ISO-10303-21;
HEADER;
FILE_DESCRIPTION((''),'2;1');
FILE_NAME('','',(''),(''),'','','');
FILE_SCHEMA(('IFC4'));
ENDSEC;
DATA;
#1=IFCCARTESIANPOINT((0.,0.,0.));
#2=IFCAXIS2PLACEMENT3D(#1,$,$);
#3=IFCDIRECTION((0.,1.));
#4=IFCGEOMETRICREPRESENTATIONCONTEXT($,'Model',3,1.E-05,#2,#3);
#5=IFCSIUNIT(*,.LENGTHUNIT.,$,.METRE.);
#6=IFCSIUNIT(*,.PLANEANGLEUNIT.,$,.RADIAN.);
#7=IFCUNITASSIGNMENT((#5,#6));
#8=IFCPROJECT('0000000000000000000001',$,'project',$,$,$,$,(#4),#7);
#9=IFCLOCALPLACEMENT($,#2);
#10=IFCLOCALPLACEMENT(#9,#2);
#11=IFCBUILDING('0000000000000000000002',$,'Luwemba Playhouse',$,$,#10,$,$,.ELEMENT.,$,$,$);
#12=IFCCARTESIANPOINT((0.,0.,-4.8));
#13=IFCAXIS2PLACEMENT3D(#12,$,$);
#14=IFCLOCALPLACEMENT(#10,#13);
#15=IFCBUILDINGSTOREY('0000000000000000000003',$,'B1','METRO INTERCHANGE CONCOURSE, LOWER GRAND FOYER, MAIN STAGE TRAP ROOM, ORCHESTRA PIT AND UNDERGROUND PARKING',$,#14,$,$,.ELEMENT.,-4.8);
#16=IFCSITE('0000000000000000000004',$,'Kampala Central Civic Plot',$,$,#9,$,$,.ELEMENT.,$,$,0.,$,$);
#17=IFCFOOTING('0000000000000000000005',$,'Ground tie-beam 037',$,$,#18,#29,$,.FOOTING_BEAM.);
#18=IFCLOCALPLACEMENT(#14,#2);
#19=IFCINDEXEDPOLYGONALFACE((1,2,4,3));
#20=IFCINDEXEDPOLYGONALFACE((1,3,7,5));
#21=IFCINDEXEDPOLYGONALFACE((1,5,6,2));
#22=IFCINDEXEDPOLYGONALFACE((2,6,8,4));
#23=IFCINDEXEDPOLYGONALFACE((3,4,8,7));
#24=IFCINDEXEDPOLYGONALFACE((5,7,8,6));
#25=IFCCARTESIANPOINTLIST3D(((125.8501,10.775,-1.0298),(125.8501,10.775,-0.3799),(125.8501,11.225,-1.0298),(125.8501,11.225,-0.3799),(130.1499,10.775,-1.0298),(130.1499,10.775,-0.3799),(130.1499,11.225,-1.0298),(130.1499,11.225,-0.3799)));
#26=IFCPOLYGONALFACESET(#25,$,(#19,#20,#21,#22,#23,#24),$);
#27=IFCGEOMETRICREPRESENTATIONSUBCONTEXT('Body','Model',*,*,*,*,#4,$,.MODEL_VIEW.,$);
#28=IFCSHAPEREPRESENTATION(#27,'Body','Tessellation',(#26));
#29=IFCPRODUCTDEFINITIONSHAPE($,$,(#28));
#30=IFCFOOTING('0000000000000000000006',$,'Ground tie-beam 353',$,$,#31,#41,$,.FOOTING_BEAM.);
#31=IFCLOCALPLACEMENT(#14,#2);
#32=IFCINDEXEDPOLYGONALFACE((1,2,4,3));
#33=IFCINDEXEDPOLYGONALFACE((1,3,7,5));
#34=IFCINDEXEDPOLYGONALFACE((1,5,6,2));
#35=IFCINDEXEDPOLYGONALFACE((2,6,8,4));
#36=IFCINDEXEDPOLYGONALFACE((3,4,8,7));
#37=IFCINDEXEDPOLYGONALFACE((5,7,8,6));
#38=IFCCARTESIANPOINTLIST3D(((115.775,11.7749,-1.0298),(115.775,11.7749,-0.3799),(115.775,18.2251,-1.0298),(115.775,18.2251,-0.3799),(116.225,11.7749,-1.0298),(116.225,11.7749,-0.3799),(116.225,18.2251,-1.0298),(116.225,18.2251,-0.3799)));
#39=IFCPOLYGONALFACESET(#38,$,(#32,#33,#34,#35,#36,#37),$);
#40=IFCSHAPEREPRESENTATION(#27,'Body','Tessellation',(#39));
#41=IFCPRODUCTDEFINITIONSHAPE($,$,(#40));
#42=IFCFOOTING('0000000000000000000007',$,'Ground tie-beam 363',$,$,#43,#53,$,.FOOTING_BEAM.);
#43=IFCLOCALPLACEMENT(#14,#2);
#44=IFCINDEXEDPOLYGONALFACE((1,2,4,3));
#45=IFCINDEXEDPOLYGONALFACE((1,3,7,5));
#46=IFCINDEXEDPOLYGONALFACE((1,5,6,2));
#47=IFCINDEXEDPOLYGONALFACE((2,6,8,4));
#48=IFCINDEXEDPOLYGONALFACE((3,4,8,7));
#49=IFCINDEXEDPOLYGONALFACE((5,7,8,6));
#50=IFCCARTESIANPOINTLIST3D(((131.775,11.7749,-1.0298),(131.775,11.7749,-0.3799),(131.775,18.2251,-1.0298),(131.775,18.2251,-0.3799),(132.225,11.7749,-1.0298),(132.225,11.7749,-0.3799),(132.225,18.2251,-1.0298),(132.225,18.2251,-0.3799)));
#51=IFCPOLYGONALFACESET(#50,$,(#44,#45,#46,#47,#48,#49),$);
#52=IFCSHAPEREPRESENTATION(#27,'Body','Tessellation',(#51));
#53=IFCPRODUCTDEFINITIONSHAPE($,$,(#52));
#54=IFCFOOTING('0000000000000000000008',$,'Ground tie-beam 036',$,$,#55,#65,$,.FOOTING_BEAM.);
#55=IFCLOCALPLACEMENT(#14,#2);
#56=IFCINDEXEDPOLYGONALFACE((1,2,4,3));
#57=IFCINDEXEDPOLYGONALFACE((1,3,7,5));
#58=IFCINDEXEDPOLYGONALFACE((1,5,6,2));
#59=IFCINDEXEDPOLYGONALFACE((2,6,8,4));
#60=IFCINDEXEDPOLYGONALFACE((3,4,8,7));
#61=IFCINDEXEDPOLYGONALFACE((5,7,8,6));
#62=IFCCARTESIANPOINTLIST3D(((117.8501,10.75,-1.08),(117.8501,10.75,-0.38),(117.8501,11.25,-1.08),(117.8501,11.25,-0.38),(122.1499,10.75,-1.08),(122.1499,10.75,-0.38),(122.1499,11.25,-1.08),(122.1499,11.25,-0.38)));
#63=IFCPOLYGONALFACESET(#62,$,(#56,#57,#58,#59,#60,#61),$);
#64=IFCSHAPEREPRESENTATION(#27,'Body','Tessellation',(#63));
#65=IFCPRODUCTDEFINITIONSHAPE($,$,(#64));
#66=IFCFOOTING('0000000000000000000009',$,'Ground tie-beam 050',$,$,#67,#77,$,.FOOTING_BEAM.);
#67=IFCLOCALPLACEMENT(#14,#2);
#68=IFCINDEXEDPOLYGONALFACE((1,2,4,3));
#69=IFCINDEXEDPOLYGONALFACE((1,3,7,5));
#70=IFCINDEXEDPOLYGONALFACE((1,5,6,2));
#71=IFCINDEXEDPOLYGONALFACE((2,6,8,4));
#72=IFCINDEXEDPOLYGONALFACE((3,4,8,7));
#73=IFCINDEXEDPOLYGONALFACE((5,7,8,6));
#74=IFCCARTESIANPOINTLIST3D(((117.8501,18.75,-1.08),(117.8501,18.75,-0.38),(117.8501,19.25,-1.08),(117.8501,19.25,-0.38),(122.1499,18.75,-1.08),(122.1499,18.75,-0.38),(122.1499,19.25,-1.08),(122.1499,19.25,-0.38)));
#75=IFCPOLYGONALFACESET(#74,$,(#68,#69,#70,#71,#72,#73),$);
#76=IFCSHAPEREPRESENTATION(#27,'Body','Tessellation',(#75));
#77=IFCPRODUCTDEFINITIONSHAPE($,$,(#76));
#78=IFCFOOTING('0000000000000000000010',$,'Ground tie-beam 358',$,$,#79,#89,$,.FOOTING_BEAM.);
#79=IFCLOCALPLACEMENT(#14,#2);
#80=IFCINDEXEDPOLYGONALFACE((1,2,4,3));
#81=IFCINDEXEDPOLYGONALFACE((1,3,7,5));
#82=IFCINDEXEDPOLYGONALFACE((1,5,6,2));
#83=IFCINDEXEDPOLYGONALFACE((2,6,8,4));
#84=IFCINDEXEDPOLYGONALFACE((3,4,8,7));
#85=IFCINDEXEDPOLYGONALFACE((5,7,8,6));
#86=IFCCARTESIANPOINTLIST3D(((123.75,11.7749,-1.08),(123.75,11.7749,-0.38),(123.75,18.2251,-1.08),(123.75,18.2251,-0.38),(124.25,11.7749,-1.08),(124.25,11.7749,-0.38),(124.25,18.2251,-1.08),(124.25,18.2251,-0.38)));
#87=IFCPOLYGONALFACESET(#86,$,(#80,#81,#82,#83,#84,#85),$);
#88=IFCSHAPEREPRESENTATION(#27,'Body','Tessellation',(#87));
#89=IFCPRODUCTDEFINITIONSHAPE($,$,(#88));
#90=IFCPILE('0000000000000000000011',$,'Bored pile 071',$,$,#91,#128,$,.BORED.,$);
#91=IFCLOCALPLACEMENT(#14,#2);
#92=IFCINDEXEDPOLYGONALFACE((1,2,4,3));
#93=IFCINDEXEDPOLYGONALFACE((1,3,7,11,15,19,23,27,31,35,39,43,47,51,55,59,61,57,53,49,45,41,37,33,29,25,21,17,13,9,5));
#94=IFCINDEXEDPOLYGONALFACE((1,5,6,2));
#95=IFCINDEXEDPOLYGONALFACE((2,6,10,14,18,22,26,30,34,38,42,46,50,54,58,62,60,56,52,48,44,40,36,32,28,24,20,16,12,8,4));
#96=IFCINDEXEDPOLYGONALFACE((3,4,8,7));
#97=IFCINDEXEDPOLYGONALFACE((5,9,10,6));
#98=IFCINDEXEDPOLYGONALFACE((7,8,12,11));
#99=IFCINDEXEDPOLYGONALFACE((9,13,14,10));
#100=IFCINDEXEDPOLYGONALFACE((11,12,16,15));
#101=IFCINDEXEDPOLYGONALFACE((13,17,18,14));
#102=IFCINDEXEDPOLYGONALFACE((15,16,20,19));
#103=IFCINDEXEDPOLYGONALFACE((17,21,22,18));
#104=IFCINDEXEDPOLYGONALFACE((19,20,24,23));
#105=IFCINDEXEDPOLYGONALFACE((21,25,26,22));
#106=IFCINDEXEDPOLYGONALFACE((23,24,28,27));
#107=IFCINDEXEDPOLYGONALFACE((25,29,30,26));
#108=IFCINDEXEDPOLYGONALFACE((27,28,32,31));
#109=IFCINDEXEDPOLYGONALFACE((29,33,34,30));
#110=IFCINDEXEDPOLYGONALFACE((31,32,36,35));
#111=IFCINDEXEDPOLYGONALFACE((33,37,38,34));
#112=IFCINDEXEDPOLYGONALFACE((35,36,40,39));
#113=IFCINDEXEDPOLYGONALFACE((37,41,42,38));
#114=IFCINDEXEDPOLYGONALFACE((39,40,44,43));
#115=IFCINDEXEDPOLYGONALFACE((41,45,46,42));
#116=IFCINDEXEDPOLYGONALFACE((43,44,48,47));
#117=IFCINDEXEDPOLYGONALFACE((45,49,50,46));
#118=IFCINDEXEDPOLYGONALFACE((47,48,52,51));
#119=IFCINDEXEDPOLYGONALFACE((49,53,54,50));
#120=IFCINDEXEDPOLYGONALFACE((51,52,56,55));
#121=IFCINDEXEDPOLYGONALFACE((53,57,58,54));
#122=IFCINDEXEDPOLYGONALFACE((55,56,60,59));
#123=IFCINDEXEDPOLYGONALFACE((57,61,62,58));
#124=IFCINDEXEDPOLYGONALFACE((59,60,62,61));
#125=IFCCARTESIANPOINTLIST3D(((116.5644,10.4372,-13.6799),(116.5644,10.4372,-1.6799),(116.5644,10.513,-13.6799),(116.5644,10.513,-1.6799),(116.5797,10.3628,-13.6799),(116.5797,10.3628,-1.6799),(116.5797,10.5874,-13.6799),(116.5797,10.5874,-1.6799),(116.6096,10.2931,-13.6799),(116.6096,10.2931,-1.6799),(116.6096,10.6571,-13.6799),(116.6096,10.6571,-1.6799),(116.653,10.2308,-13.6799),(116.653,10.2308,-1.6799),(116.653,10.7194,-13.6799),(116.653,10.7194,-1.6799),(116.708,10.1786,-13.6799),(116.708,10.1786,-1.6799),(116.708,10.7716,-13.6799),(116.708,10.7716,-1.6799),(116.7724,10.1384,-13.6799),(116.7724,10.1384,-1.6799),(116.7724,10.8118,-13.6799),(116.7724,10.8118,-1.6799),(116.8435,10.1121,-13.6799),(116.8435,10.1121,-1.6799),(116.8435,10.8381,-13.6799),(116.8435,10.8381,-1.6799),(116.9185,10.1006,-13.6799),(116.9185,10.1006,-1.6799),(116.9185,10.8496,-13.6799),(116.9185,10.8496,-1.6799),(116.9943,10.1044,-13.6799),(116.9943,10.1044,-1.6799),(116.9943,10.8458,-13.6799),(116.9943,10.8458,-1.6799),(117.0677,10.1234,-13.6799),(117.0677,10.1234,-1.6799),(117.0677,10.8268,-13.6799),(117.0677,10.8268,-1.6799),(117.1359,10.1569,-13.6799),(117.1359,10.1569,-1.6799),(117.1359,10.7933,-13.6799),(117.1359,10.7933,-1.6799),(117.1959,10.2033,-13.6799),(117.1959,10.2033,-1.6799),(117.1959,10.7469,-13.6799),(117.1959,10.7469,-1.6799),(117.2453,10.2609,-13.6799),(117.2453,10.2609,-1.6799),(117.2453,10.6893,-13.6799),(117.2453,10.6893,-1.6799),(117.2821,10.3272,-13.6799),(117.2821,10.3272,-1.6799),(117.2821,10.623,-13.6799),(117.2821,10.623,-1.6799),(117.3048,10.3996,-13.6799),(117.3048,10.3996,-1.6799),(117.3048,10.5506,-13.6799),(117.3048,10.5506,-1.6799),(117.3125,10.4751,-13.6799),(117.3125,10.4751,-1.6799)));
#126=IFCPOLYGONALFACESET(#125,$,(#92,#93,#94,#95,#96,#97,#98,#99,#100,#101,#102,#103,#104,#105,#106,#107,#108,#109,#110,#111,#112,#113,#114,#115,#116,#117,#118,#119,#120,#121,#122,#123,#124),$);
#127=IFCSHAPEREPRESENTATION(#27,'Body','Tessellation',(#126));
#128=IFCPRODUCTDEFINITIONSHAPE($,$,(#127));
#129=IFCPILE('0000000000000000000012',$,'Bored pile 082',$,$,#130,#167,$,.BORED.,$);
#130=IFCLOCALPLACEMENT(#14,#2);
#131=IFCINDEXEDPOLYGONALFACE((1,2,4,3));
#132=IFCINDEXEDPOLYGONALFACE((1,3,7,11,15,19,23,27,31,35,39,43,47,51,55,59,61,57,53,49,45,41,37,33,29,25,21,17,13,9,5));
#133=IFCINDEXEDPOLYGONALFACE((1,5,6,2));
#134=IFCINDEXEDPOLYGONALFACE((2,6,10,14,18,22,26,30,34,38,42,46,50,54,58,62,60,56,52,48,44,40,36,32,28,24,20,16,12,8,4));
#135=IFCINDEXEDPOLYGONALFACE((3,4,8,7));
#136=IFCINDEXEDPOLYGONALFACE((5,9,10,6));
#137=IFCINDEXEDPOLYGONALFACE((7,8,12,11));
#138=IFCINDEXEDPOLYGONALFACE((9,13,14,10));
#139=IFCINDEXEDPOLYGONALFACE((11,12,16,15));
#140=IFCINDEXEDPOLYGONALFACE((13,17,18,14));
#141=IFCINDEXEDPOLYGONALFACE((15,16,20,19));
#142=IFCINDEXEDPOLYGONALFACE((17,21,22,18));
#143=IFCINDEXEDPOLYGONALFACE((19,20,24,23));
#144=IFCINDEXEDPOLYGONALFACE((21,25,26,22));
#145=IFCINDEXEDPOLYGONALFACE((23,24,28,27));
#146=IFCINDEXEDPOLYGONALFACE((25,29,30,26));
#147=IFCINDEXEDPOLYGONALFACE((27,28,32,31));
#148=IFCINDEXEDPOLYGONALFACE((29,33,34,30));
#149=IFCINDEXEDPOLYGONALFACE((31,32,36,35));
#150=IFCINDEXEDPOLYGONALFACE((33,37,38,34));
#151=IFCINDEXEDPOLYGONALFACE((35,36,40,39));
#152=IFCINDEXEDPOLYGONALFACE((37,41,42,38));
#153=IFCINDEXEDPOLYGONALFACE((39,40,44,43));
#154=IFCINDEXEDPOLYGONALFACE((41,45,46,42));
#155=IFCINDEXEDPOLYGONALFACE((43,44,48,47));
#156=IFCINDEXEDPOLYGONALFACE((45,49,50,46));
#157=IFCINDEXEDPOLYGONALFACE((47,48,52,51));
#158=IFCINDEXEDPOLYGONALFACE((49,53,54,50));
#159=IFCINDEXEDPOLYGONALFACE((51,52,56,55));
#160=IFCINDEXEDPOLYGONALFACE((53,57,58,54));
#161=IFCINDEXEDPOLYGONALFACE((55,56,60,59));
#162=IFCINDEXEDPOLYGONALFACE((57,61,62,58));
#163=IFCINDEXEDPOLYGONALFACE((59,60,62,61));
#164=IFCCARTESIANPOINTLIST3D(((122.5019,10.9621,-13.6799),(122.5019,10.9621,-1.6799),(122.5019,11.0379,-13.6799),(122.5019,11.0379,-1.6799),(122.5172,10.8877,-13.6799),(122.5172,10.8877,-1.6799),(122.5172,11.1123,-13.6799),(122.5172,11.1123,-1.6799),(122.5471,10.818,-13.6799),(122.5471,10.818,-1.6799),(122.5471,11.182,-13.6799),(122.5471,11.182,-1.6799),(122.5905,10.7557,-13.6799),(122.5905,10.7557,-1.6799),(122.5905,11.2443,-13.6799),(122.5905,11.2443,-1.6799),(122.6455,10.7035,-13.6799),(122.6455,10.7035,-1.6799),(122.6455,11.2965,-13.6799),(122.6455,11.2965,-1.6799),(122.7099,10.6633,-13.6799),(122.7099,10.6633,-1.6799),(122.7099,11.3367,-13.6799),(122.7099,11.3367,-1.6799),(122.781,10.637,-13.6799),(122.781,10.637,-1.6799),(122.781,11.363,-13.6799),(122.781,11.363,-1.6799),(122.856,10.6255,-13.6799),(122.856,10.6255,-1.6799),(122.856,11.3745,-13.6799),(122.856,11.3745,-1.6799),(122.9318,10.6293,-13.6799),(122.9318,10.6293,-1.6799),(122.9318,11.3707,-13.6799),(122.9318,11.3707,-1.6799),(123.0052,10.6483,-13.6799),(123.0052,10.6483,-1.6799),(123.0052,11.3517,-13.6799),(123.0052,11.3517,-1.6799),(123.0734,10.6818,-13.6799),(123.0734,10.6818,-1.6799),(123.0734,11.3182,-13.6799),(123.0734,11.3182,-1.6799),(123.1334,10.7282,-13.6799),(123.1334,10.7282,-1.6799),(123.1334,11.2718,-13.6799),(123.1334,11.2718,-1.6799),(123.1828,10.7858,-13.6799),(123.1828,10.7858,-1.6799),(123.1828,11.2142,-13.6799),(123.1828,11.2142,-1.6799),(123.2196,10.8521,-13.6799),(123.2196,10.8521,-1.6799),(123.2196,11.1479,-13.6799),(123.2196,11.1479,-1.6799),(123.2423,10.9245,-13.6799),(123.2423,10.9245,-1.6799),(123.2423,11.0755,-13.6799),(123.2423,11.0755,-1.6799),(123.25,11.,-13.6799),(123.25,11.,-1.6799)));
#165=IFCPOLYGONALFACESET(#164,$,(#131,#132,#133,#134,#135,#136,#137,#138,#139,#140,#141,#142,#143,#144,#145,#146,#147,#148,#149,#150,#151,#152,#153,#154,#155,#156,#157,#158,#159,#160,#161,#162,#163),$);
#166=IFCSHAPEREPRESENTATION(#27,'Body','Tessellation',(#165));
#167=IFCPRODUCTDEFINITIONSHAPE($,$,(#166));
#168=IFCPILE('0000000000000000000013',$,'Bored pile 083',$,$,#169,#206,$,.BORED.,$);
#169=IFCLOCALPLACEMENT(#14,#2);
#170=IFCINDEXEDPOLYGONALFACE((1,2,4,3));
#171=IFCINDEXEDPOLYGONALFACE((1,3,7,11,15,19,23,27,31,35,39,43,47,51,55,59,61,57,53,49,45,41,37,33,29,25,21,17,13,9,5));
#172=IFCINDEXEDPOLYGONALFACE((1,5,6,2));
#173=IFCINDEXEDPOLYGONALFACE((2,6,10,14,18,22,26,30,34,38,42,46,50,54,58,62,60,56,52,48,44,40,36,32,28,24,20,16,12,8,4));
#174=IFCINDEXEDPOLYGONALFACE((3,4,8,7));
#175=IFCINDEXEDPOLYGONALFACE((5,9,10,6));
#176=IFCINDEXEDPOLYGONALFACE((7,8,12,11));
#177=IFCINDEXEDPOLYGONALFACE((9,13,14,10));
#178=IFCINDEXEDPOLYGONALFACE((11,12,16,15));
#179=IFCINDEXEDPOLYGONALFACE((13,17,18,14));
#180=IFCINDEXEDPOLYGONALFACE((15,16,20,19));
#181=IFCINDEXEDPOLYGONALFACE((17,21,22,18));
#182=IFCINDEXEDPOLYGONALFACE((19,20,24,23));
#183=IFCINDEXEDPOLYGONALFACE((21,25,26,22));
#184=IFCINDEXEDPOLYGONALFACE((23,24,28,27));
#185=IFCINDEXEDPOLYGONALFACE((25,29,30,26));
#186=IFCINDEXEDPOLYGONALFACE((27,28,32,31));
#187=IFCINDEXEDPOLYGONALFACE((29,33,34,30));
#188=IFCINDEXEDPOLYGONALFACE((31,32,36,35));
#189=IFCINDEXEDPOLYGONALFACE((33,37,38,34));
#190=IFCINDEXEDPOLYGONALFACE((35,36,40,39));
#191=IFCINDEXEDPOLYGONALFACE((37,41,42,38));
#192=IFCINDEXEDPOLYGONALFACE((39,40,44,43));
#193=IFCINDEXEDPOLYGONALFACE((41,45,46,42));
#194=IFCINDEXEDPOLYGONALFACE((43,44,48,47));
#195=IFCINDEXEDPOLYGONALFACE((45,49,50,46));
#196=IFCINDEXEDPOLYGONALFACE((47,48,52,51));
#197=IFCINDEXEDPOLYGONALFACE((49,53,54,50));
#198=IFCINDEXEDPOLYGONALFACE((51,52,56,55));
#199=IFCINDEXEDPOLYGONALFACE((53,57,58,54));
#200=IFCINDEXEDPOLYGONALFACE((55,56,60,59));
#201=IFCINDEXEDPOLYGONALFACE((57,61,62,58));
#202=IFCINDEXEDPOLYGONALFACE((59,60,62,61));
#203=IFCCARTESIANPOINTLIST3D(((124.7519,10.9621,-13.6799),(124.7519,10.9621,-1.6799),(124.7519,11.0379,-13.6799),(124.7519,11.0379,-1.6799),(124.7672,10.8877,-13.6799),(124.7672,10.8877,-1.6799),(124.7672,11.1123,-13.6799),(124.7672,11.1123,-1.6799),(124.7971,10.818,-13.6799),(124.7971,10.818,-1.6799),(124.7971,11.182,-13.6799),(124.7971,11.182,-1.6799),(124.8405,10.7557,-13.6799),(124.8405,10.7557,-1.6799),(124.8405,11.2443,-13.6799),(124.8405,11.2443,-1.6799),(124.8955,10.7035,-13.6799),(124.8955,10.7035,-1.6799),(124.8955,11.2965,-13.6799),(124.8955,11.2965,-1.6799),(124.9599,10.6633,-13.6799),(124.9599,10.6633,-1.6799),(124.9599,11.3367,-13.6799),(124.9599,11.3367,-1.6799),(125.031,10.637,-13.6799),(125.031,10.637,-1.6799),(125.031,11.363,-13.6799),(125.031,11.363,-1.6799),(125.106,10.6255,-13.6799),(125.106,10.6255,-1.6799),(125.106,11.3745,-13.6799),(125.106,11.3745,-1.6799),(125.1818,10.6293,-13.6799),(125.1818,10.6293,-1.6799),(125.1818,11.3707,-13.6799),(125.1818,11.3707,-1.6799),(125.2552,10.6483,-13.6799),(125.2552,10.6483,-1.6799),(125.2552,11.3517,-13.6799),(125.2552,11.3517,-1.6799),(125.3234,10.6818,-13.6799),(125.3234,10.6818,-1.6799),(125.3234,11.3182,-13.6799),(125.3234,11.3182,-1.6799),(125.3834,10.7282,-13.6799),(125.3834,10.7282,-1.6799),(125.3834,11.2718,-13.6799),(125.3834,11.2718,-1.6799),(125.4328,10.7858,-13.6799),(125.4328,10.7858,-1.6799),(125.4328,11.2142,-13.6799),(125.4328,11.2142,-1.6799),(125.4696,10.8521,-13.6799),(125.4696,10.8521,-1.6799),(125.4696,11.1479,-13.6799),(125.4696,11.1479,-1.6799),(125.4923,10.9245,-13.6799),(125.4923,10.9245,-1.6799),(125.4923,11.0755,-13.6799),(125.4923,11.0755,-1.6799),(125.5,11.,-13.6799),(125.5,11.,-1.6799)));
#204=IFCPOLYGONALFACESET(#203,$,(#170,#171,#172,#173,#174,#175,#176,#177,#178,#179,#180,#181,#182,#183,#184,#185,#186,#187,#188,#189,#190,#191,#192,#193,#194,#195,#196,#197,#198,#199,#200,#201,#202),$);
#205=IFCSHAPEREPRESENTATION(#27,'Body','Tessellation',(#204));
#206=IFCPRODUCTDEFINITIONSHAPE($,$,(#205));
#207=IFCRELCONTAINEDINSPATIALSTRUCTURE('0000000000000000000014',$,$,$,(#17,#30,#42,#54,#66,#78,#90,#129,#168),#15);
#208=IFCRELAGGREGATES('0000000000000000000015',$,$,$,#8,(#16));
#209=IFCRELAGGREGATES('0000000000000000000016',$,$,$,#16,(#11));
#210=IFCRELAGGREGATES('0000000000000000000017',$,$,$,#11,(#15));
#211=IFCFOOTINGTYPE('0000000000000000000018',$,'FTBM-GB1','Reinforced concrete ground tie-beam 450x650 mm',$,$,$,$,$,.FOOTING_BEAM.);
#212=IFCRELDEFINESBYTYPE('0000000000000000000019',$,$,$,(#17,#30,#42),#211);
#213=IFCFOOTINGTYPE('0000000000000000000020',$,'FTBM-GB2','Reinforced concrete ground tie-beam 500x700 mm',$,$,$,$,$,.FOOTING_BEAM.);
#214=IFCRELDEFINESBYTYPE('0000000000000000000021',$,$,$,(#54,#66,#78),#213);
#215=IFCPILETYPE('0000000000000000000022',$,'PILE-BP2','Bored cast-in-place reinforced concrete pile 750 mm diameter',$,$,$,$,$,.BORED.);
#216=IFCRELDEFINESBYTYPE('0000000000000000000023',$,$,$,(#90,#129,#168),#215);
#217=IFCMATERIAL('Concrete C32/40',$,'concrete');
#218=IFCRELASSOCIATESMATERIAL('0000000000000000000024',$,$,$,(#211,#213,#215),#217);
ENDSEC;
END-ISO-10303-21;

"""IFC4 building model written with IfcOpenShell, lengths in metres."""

from ifc_helpers import new_model, si_unit, direction, frame, origin, origin_2d, place, context, subcontext, project, spatial, rectangle, circle, extrude, material, material_profile, profile_set, type_object, element, save


model = new_model("IFC4")

# Units and contexts
model_context = context("Model", 3, precision=1e-05, world=origin(), true_north=direction((0.0, 1.0)))
body_context = subcontext(model_context, "Body", "Model", "MODEL_VIEW")
ifc_project = project(units=[si_unit("LENGTHUNIT", "METRE"), si_unit("PLANEANGLEUNIT", "RADIAN")], contexts=[model_context])

# Site, building, storey
site_placement = place(None, origin())
site = spatial("IfcSite", under=ifc_project, at=site_placement, Name="Kampala Central Civic Plot", CompositionType="ELEMENT", RefElevation=0.0)
building_placement = place(site_placement, origin())
building = spatial("IfcBuilding", under=site, at=building_placement, Name="Luwemba Playhouse", CompositionType="ELEMENT")
storey_placement = place(building_placement, frame((0.0, 0.0, -4.8)))
storey = spatial("IfcBuildingStorey", under=building, at=storey_placement, Name="B1", Description="METRO INTERCHANGE CONCOURSE, LOWER GRAND FOYER, MAIN STAGE TRAP ROOM, ORCHESTRA PIT AND UNDERGROUND PARKING", CompositionType="ELEMENT", Elevation=-4.8)

# Footings
ifc_material_1 = material(Name="Concrete C32/40", Category="concrete")
ifc_material_profile_1 = material_profile(ifc_material_1, rectangle(XDim=0.45, YDim=0.6499, at=origin_2d()))
ifc_profile_set_1 = profile_set([ifc_material_profile_1], Name="Concrete C32/40")
footing_type_1 = type_object("IfcFootingType", Name="FTBM-GB1", Description="Reinforced concrete ground tie-beam 450x650 mm", PredefinedType="FOOTING_BEAM", material=ifc_profile_set_1)
footing_1_placement = place(storey_placement, frame((125.8501, 11.0, -0.7048), z_axis=(1.0, 0.0, 0.0), x_axis=(0.0, 1.0, 0.0)))
element("IfcFooting", 1, at=footing_1_placement, inside=storey, type_object=footing_type_1, Name="Ground tie-beam 037", PredefinedType="FOOTING_BEAM", context=body_context, shape_type="SweptSolid", body=[
    extrude(rectangle(XDim=0.45, YDim=0.6499, at=origin_2d()), origin(), (0.0, 0.0, 1.0), 4.2998),
])
for number, where, z_axis, x_axis, name in (
    (2, (116.0, 11.7749, -0.7048), (0.0, 1.0, 0.0), (-1.0, 0.0, 0.0), "Ground tie-beam 353"),
    (3, (132.0, 11.7749, -0.7048), (0.0, 1.0, 0.0), (-1.0, 0.0, 0.0), "Ground tie-beam 363"),
):
    element("IfcFooting", number, at=place(storey_placement, frame(where, z_axis=z_axis, x_axis=x_axis)), inside=storey, type_object=footing_type_1, Name=name, PredefinedType="FOOTING_BEAM", context=body_context, shape_type="SweptSolid", body=[
        extrude(rectangle(XDim=0.45, YDim=0.6499, at=origin_2d()), origin(), (0.0, 0.0, 1.0), 6.4502),
    ])
ifc_material_profile_2 = material_profile(ifc_material_1, rectangle(XDim=0.5, YDim=0.7, at=origin_2d()))
ifc_profile_set_2 = profile_set([ifc_material_profile_2], Name="Concrete C32/40")
footing_type_2 = type_object("IfcFootingType", Name="FTBM-GB2", Description="Reinforced concrete ground tie-beam 500x700 mm", PredefinedType="FOOTING_BEAM", material=ifc_profile_set_2)
for number, where, z_axis, x_axis, name in (
    (4, (117.8501, 11.0, -0.73), (1.0, 0.0, 0.0), (0.0, 1.0, 0.0), "Ground tie-beam 036"),
    (5, (117.8501, 19.0, -0.73), (1.0, 0.0, 0.0), (0.0, 1.0, 0.0), "Ground tie-beam 050"),
):
    element("IfcFooting", number, at=place(storey_placement, frame(where, z_axis=z_axis, x_axis=x_axis)), inside=storey, type_object=footing_type_2, Name=name, PredefinedType="FOOTING_BEAM", context=body_context, shape_type="SweptSolid", body=[
        extrude(rectangle(XDim=0.5, YDim=0.7, at=origin_2d()), origin(), (0.0, 0.0, 1.0), 4.2998),
    ])
footing_2_placement = place(storey_placement, frame((124.0, 11.7749, -0.73), z_axis=(0.0, 1.0, 0.0), x_axis=(-1.0, 0.0, 0.0)))
element("IfcFooting", 6, at=footing_2_placement, inside=storey, type_object=footing_type_2, Name="Ground tie-beam 358", PredefinedType="FOOTING_BEAM", context=body_context, shape_type="SweptSolid", body=[
    extrude(rectangle(XDim=0.5, YDim=0.7, at=origin_2d()), origin(), (0.0, 0.0, 1.0), 6.4502),
])

# Piles
ifc_material_profile_3 = material_profile(ifc_material_1, circle(Radius=0.375, at=origin_2d()))
ifc_profile_set_3 = profile_set([ifc_material_profile_3], Name="Concrete C32/40")
pile_type = type_object("IfcPileType", Name="PILE-BP2", Description="Bored cast-in-place reinforced concrete pile 750 mm diameter", PredefinedType="BORED", material=ifc_profile_set_3)
for number, where, z_axis, x_axis, name in (
    (7, (116.9375, 10.4751, -1.6799), (0.0, 0.0, -1.0), (1.0, 0.0, 0.0), "Bored pile 071"),
    (8, (122.875, 11.0, -1.6799), (0.0, 0.0, -1.0), (1.0, 0.0, 0.0), "Bored pile 082"),
    (9, (125.125, 11.0, -1.6799), (0.0, 0.0, -1.0), (1.0, 0.0, 0.0), "Bored pile 083"),
):
    element("IfcPile", number, at=place(storey_placement, frame(where, z_axis=z_axis, x_axis=x_axis)), inside=storey, type_object=pile_type, Name=name, PredefinedType="BORED", context=body_context, shape_type="SweptSolid", body=[
        extrude(circle(Radius=0.375, at=origin_2d()), origin(), (0.0, 0.0, 1.0), 12.0),
    ])

save(model, "model.ifc")
